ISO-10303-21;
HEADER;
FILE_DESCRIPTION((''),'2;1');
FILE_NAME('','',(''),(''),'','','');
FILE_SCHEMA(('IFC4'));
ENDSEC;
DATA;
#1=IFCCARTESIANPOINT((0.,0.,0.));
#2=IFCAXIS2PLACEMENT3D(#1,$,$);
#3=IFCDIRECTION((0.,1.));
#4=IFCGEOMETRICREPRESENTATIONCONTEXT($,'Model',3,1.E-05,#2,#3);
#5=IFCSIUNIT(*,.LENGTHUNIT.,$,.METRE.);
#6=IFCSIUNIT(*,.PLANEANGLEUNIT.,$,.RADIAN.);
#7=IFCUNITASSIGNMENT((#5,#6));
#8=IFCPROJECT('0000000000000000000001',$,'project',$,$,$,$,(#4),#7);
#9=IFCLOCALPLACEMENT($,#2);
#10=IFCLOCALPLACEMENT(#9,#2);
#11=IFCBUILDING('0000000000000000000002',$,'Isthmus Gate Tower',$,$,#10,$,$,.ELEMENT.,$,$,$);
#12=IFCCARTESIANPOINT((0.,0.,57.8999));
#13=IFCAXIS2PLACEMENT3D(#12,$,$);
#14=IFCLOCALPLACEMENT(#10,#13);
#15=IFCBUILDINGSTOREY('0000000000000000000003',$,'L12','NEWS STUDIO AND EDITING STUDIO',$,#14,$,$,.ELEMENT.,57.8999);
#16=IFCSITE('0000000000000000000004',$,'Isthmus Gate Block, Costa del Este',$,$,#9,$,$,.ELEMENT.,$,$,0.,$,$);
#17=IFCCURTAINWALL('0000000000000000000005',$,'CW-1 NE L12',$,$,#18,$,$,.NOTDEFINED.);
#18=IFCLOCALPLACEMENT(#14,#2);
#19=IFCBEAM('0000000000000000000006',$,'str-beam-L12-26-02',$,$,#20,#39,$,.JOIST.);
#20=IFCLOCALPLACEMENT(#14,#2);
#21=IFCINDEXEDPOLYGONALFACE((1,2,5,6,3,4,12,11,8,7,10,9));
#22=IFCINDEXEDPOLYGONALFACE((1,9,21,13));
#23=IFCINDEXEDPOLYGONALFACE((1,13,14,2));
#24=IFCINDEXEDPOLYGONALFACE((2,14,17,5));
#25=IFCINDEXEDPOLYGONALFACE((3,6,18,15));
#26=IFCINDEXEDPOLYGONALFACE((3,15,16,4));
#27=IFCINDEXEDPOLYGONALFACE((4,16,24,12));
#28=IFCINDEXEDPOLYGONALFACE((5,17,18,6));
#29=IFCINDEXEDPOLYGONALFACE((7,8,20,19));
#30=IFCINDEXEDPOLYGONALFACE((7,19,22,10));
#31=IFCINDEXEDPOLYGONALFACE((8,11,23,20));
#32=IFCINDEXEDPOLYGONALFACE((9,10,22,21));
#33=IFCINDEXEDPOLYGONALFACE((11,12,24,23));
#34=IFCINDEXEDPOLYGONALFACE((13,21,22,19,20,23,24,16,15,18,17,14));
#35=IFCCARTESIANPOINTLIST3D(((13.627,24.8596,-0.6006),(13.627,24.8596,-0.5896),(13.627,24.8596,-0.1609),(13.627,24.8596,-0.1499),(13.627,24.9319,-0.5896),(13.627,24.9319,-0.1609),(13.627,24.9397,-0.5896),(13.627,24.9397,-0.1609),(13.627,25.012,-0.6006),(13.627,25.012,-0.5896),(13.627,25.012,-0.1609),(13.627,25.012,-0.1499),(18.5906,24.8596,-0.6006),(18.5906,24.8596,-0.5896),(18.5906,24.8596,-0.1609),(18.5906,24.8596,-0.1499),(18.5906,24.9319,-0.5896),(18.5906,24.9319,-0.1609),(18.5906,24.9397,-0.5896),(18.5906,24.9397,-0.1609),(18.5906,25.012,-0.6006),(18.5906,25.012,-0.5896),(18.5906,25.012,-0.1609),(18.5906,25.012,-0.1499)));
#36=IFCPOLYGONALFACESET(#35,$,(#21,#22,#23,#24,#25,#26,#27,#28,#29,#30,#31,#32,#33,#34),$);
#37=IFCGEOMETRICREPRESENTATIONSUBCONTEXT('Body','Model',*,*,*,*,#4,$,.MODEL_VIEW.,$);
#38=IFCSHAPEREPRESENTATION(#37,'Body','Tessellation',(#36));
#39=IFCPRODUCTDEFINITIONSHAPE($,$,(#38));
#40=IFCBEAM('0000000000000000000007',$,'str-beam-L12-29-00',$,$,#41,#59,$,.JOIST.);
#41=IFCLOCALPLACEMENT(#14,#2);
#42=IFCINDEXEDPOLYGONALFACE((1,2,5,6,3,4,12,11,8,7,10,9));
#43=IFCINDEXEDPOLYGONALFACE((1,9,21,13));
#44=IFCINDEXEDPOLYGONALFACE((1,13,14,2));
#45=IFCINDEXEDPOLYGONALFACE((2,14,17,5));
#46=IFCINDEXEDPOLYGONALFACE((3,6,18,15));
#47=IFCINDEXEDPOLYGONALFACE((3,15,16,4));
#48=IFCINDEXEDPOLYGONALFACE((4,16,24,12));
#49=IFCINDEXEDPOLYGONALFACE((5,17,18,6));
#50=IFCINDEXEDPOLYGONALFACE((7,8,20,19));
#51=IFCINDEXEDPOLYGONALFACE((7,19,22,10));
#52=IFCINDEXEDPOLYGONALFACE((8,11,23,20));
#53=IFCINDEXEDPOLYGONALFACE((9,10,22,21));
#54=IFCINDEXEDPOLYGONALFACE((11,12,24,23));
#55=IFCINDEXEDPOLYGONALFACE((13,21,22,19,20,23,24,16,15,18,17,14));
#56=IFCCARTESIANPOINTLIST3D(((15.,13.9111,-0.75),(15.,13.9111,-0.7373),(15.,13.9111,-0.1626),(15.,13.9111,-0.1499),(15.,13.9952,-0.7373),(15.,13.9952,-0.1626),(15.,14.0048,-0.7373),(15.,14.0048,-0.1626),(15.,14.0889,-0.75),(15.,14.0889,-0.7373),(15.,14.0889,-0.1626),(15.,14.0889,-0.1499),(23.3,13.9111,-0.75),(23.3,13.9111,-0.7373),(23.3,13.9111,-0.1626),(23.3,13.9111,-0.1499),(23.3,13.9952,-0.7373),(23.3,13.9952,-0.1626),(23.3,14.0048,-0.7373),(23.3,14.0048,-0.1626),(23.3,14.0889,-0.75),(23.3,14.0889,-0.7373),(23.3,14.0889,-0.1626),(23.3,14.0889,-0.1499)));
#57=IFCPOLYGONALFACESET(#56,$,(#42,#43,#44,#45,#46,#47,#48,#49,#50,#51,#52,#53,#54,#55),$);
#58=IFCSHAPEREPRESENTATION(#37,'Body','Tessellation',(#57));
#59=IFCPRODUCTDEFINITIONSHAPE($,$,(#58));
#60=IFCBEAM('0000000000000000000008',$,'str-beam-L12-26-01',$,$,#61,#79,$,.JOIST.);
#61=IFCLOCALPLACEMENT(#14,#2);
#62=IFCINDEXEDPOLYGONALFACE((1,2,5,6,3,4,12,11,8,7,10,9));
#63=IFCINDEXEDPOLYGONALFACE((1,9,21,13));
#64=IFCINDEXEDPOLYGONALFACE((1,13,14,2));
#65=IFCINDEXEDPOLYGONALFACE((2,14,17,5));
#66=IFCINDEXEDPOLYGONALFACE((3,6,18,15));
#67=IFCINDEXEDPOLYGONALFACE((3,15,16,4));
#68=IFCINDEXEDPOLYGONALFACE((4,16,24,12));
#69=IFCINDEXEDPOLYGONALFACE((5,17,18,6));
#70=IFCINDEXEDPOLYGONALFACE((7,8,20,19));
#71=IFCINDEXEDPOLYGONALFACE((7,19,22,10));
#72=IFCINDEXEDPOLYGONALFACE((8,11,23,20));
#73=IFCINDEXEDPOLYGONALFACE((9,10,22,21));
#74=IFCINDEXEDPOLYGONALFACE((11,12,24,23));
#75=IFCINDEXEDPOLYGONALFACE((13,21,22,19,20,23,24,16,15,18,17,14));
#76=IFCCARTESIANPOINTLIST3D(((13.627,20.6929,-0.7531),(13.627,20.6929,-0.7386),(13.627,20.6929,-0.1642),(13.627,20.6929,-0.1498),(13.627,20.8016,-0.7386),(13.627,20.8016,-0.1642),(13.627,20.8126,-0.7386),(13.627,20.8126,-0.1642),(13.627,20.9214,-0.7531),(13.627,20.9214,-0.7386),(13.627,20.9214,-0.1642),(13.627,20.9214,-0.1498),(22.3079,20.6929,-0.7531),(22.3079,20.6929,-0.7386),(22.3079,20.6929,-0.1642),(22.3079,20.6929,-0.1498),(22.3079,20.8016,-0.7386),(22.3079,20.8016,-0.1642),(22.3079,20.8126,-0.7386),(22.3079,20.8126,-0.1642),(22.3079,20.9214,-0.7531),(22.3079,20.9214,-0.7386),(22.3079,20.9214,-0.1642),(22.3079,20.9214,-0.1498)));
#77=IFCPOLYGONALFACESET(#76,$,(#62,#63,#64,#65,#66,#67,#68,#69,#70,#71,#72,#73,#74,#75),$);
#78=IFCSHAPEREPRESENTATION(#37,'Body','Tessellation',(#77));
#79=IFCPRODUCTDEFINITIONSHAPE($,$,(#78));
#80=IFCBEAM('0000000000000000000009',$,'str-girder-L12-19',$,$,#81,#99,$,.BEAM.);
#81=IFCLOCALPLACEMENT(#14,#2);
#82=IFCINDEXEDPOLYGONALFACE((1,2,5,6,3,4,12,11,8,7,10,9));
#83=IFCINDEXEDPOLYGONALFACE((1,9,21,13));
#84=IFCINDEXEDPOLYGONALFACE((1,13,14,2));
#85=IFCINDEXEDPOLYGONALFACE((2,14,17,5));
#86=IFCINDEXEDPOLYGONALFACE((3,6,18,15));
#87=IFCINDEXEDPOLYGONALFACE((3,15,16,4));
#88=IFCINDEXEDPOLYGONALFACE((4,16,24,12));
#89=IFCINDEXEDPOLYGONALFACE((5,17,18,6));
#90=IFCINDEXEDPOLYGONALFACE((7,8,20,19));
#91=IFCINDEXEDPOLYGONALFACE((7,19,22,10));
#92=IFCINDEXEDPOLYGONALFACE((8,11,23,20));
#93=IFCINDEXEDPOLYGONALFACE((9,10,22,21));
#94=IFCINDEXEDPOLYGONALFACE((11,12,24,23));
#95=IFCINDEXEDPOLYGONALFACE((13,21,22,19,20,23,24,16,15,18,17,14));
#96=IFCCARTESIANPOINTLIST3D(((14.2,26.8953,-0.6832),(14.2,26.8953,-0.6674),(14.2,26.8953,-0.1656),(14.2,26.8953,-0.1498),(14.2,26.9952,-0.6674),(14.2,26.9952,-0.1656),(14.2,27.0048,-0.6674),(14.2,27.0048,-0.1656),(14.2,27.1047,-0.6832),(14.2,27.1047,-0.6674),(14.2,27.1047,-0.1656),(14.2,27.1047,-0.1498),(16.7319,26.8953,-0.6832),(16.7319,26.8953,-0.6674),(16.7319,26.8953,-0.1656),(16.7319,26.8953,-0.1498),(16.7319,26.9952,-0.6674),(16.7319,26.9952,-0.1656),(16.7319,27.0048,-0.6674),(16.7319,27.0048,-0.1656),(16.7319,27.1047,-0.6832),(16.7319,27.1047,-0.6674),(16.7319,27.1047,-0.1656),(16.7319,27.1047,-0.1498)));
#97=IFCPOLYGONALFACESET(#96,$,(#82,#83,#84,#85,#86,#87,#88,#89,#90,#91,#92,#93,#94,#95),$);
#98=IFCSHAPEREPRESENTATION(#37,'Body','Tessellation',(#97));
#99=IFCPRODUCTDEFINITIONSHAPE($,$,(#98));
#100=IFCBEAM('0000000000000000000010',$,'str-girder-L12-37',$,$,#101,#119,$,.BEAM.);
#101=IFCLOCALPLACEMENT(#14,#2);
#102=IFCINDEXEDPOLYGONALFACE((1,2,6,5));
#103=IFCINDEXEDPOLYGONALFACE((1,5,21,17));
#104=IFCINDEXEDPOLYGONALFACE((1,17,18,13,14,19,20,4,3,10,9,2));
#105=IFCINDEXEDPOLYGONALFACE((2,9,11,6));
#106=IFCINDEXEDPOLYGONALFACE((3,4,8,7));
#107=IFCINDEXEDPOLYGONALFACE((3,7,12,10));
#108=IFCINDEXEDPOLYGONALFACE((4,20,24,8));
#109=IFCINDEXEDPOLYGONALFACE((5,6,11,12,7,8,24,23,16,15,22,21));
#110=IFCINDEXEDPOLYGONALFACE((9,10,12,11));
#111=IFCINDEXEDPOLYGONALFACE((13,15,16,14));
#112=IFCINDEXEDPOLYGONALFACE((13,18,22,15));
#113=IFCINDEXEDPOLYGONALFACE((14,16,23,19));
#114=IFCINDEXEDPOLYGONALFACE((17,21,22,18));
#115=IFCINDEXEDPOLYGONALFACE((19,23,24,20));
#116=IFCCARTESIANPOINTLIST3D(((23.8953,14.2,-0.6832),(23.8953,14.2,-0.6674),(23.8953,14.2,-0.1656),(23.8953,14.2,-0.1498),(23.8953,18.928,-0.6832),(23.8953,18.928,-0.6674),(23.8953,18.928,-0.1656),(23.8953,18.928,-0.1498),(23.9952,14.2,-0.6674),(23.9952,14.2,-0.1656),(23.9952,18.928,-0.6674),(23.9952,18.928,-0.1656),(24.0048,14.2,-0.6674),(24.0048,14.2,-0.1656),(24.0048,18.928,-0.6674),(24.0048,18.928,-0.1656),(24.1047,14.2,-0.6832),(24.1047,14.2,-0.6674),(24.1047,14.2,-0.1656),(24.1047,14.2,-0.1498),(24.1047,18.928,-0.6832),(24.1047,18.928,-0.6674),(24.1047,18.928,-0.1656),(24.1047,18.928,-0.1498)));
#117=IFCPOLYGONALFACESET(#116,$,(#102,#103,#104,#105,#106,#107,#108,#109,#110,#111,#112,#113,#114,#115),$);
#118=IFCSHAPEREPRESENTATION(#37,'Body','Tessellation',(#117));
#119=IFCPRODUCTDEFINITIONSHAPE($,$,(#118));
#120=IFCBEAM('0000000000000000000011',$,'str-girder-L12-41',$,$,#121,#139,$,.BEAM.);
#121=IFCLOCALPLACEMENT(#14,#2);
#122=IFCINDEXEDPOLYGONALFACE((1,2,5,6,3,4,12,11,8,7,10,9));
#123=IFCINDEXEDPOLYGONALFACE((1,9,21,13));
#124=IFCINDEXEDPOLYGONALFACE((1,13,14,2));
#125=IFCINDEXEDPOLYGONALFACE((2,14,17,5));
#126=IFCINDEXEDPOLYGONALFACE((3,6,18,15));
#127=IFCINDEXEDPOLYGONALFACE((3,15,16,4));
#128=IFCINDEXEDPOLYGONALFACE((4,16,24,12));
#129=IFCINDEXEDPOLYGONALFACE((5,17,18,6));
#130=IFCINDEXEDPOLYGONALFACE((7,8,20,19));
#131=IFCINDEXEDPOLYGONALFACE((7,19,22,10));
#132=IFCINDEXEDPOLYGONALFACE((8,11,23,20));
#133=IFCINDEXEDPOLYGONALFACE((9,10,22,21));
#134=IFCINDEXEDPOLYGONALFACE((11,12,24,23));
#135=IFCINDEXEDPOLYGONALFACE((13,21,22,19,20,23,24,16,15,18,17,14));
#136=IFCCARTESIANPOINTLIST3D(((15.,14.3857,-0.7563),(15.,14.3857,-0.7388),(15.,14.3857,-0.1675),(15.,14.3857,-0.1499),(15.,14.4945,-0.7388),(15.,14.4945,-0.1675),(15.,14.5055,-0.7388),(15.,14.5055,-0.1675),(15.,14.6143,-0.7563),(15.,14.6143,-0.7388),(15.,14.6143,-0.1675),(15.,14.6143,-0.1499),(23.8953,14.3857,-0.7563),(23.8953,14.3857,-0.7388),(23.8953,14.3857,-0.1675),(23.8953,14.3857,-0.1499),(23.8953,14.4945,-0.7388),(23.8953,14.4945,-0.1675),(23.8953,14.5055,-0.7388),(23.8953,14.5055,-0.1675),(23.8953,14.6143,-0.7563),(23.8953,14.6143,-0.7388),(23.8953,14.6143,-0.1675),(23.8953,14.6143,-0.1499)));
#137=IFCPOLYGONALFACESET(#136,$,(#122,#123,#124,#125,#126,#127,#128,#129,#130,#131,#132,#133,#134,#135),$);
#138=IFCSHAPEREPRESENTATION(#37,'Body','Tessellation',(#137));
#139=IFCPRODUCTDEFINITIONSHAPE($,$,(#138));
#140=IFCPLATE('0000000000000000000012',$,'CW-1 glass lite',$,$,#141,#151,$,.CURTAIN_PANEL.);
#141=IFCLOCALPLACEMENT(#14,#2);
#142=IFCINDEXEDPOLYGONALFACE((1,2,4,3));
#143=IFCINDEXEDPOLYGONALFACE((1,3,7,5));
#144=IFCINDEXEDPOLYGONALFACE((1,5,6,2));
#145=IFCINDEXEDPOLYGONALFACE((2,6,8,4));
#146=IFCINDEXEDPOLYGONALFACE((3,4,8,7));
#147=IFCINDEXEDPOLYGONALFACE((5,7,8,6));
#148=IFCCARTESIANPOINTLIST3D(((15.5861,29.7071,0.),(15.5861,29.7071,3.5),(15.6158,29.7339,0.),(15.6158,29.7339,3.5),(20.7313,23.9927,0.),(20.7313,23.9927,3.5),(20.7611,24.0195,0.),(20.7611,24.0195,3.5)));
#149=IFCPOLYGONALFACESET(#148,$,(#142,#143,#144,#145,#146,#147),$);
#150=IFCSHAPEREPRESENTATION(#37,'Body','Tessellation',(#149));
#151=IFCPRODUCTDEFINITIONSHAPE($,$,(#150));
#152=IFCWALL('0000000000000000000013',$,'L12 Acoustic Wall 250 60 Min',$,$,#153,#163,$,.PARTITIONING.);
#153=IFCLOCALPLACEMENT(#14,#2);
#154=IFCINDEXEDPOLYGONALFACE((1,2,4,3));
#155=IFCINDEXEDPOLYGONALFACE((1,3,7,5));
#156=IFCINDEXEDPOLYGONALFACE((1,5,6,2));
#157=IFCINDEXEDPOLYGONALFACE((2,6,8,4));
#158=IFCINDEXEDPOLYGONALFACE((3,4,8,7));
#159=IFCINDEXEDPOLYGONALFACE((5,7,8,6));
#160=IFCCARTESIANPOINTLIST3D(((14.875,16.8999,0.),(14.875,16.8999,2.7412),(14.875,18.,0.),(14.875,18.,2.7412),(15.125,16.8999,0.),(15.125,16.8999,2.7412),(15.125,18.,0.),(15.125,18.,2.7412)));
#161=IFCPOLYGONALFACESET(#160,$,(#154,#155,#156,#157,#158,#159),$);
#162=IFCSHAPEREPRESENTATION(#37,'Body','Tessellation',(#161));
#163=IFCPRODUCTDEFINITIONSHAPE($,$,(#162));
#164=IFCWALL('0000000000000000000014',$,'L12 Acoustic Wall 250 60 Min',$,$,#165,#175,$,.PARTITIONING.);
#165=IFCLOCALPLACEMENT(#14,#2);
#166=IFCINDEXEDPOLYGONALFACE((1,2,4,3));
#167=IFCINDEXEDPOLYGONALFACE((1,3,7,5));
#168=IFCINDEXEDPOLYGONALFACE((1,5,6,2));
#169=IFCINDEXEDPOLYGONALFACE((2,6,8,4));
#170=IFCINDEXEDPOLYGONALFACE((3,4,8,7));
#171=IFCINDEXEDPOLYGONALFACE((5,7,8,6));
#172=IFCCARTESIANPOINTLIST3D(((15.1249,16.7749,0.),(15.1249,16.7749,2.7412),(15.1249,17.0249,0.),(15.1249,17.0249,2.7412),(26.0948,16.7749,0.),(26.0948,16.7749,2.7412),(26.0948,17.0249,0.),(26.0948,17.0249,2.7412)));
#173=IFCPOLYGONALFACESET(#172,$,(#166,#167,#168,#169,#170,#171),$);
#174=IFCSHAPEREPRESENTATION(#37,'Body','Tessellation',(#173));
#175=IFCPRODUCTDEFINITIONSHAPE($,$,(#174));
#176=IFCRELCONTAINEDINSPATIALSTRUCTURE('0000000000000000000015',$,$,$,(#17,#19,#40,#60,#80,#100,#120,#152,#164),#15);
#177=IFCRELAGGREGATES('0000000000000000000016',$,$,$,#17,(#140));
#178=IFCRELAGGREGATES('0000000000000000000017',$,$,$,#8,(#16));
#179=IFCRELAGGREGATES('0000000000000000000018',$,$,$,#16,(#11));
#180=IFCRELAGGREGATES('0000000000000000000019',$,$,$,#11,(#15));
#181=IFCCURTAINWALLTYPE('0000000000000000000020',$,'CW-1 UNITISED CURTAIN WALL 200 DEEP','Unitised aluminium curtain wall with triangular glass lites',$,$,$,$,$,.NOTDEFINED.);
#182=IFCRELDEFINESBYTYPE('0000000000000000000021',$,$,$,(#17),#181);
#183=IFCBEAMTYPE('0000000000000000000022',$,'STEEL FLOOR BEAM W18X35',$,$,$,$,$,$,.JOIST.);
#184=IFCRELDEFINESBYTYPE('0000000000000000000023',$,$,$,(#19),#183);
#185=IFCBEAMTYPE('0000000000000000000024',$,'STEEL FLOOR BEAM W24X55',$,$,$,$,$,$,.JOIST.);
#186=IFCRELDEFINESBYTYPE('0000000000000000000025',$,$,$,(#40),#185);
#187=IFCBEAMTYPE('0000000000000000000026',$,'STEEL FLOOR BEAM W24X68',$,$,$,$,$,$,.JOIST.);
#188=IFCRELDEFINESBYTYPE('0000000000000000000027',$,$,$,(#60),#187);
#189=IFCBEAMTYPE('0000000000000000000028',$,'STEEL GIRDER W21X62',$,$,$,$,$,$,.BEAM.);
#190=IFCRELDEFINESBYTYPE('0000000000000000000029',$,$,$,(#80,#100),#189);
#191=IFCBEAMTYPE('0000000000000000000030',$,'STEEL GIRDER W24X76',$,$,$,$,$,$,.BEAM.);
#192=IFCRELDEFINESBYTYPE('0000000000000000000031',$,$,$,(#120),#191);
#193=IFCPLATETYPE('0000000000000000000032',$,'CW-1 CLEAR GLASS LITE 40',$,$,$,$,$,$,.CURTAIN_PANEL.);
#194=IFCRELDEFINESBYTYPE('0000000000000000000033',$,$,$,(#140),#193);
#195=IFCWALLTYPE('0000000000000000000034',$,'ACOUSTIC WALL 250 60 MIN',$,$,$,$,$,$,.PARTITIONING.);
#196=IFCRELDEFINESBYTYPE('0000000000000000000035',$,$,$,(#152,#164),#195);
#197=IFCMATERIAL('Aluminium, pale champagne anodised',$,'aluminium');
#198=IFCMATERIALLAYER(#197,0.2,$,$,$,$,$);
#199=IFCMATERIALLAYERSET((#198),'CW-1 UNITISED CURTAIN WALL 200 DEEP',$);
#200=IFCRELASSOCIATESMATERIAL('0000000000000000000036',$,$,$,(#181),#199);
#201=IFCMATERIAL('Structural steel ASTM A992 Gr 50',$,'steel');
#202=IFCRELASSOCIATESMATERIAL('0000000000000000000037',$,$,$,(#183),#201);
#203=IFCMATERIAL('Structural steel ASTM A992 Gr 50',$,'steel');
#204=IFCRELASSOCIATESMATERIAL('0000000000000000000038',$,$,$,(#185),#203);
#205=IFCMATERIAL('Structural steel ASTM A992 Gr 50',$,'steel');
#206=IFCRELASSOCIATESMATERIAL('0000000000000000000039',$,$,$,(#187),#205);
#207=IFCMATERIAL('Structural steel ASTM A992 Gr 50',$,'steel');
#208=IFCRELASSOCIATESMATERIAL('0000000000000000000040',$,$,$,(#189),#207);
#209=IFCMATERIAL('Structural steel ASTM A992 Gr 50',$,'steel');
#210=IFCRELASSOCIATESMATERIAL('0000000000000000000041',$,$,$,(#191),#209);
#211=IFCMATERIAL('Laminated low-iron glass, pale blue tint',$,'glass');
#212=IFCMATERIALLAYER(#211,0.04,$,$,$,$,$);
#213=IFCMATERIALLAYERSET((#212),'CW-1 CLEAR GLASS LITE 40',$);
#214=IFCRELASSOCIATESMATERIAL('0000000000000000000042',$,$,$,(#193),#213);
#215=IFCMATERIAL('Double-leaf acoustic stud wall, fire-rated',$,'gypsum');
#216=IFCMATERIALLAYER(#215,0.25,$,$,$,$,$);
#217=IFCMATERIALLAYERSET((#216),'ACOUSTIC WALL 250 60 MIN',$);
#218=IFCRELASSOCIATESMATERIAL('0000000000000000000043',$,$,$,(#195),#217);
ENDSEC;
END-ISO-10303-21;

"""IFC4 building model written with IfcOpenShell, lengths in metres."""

from ifc_helpers import new_model, si_unit, direction, frame, frame_2d, origin, origin_2d, place, context, subcontext, project, spatial, rectangle, i_section, extrude, material, layer, layer_set, material_profile, profile_set, type_object, element, aggregate, save


model = new_model("IFC4")

# Units and contexts
model_context = context("Model", 3, precision=1e-05, world=origin(), true_north=direction((0.0, 1.0)))
body_context = subcontext(model_context, "Body", "Model", "MODEL_VIEW")
ifc_project = project(units=[si_unit("LENGTHUNIT", "METRE"), si_unit("PLANEANGLEUNIT", "RADIAN")], contexts=[model_context])

# Site, building, storey
site_placement = place(None, origin())
site = spatial("IfcSite", under=ifc_project, at=site_placement, Name="Isthmus Gate Block, Costa del Este", CompositionType="ELEMENT", RefElevation=0.0)
building_placement = place(site_placement, origin())
building = spatial("IfcBuilding", under=site, at=building_placement, Name="Isthmus Gate Tower", CompositionType="ELEMENT")
storey_placement = place(building_placement, frame((0.0, 0.0, 57.8999)))
storey = spatial("IfcBuildingStorey", under=building, at=storey_placement, Name="L12", Description="NEWS STUDIO AND EDITING STUDIO", CompositionType="ELEMENT", Elevation=57.8999)

# Curtain wall
ifc_material_1 = material(Name="Aluminium, pale champagne anodised", Category="aluminium")
ifc_layer_1 = layer(ifc_material_1, 0.2)
ifc_layer_set_1 = layer_set([ifc_layer_1], Name="CW-1 UNITISED CURTAIN WALL 200 DEEP")
curtain_wall_type = type_object("IfcCurtainWallType", Name="CW-1 UNITISED CURTAIN WALL 200 DEEP", Description="Unitised aluminium curtain wall with triangular glass lites", PredefinedType="NOTDEFINED", material=ifc_layer_set_1)
curtain_wall_1_placement = place(storey_placement, origin())
curtain_wall_1 = element("IfcCurtainWall", 1, at=curtain_wall_1_placement, inside=storey, type_object=curtain_wall_type, Name="CW-1 NE L12", PredefinedType="NOTDEFINED")

# Beams
ifc_material_2 = material(Name="Structural steel ASTM A992 Gr 50", Category="steel")
ifc_material_profile_1 = material_profile(ifc_material_2, i_section(OverallWidth=0.1523, OverallDepth=0.4507, WebThickness=0.0078, FlangeThickness=0.011, at=origin_2d()), Name="W18X35")
ifc_profile_set_1 = profile_set([ifc_material_profile_1], Name="Structural steel ASTM A992 Gr 50")
beam_type_1 = type_object("IfcBeamType", Name="STEEL FLOOR BEAM W18X35", PredefinedType="JOIST", material=ifc_profile_set_1)
beam_1_placement = place(storey_placement, frame((13.627, 24.9358, -0.3752), z_axis=(1.0, 0.0, 0.0), x_axis=(0.0, 1.0, 0.0)))
element("IfcBeam", 2, at=beam_1_placement, inside=storey, type_object=beam_type_1, Name="str-beam-L12-26-02", PredefinedType="JOIST", context=body_context, shape_type="SweptSolid", body=[
    extrude(i_section(OverallWidth=0.1523, OverallDepth=0.4507, WebThickness=0.0078, FlangeThickness=0.011, at=origin_2d()), origin(), (0.0, 0.0, 1.0), 4.9636),
])
ifc_material_3 = material(Name="Structural steel ASTM A992 Gr 50", Category="steel")
ifc_material_profile_2 = material_profile(ifc_material_3, i_section(OverallWidth=0.1777, OverallDepth=0.6001, WebThickness=0.0095, FlangeThickness=0.0127, at=origin_2d()), Name="W24X55")
ifc_profile_set_2 = profile_set([ifc_material_profile_2], Name="Structural steel ASTM A992 Gr 50")
beam_type_2 = type_object("IfcBeamType", Name="STEEL FLOOR BEAM W24X55", PredefinedType="JOIST", material=ifc_profile_set_2)
beam_2_placement = place(storey_placement, frame((15.0, 14.0, -0.45), z_axis=(1.0, 0.0, 0.0), x_axis=(0.0, 1.0, 0.0)))
element("IfcBeam", 3, at=beam_2_placement, inside=storey, type_object=beam_type_2, Name="str-beam-L12-29-00", PredefinedType="JOIST", context=body_context, shape_type="SweptSolid", body=[
    extrude(i_section(OverallWidth=0.1777, OverallDepth=0.6001, WebThickness=0.0095, FlangeThickness=0.0127, at=origin_2d()), origin(), (0.0, 0.0, 1.0), 8.3),
])
ifc_material_4 = material(Name="Structural steel ASTM A992 Gr 50", Category="steel")
ifc_material_profile_3 = material_profile(ifc_material_4, i_section(OverallWidth=0.2285, OverallDepth=0.6033, WebThickness=0.011, FlangeThickness=0.0144, at=origin_2d()), Name="W24X68")
ifc_profile_set_3 = profile_set([ifc_material_profile_3], Name="Structural steel ASTM A992 Gr 50")
beam_type_3 = type_object("IfcBeamType", Name="STEEL FLOOR BEAM W24X68", PredefinedType="JOIST", material=ifc_profile_set_3)
beam_3_placement = place(storey_placement, frame((13.627, 20.8071, -0.4514), z_axis=(1.0, 0.0, 0.0), x_axis=(0.0, 1.0, 0.0)))
element("IfcBeam", 4, at=beam_3_placement, inside=storey, type_object=beam_type_3, Name="str-beam-L12-26-01", PredefinedType="JOIST", context=body_context, shape_type="SweptSolid", body=[
    extrude(i_section(OverallWidth=0.2285, OverallDepth=0.6033, WebThickness=0.011, FlangeThickness=0.0144, at=origin_2d()), origin(), (0.0, 0.0, 1.0), 8.6809),
])
ifc_material_5 = material(Name="Structural steel ASTM A992 Gr 50", Category="steel")
ifc_material_profile_4 = material_profile(ifc_material_5, i_section(OverallWidth=0.2095, OverallDepth=0.5334, WebThickness=0.0095, FlangeThickness=0.0159, at=origin_2d()), Name="W21X62")
ifc_profile_set_4 = profile_set([ifc_material_profile_4], Name="Structural steel ASTM A992 Gr 50")
beam_type_4 = type_object("IfcBeamType", Name="STEEL GIRDER W21X62", PredefinedType="BEAM", material=ifc_profile_set_4)
beam_4_placement = place(storey_placement, frame((14.2, 27.0, -0.4165), z_axis=(1.0, 0.0, 0.0), x_axis=(0.0, 1.0, 0.0)))
element("IfcBeam", 5, at=beam_4_placement, inside=storey, type_object=beam_type_4, Name="str-girder-L12-19", PredefinedType="BEAM", context=body_context, shape_type="SweptSolid", body=[
    extrude(i_section(OverallWidth=0.2095, OverallDepth=0.5334, WebThickness=0.0095, FlangeThickness=0.0159, at=origin_2d()), origin(), (0.0, 0.0, 1.0), 2.532),
])
beam_5_placement = place(storey_placement, frame((24.0, 14.2, -0.4165), z_axis=(0.0, 1.0, 0.0), x_axis=(-1.0, 0.0, 0.0)))
element("IfcBeam", 6, at=beam_5_placement, inside=storey, type_object=beam_type_4, Name="str-girder-L12-37", PredefinedType="BEAM", context=body_context, shape_type="SweptSolid", body=[
    extrude(i_section(OverallWidth=0.2095, OverallDepth=0.5334, WebThickness=0.0095, FlangeThickness=0.0159, at=origin_2d()), origin(), (0.0, 0.0, 1.0), 4.728),
])
ifc_material_6 = material(Name="Structural steel ASTM A992 Gr 50", Category="steel")
ifc_material_profile_5 = material_profile(ifc_material_6, i_section(OverallWidth=0.2285, OverallDepth=0.6064, WebThickness=0.011, FlangeThickness=0.0176, at=origin_2d()), Name="W24X76")
ifc_profile_set_5 = profile_set([ifc_material_profile_5], Name="Structural steel ASTM A992 Gr 50")
beam_type_5 = type_object("IfcBeamType", Name="STEEL GIRDER W24X76", PredefinedType="BEAM", material=ifc_profile_set_5)
beam_6_placement = place(storey_placement, frame((15.0, 14.5, -0.4531), z_axis=(1.0, 0.0, 0.0), x_axis=(0.0, 1.0, 0.0)))
element("IfcBeam", 7, at=beam_6_placement, inside=storey, type_object=beam_type_5, Name="str-girder-L12-41", PredefinedType="BEAM", context=body_context, shape_type="SweptSolid", body=[
    extrude(i_section(OverallWidth=0.2285, OverallDepth=0.6064, WebThickness=0.011, FlangeThickness=0.0176, at=origin_2d()), origin(), (0.0, 0.0, 1.0), 8.8953),
])

# Plate
ifc_material_7 = material(Name="Laminated low-iron glass, pale blue tint", Category="glass")
ifc_layer_2 = layer(ifc_material_7, 0.04)
ifc_layer_set_2 = layer_set([ifc_layer_2], Name="CW-1 CLEAR GLASS LITE 40")
plate_type = type_object("IfcPlateType", Name="CW-1 CLEAR GLASS LITE 40", PredefinedType="CURTAIN_PANEL", material=ifc_layer_set_2)
plate_placement = place(storey_placement, frame((18.1736, 26.8633, 0.0), z_axis=(0.0, 0.0, 1.0), x_axis=(-0.669131, 0.743145, 0.0)))
plate = element("IfcPlate", 8, at=plate_placement, type_object=plate_type, Name="CW-1 glass lite", PredefinedType="CURTAIN_PANEL", context=body_context, shape_type="SweptSolid", body=[
    extrude(rectangle(XDim=7.6895, YDim=0.04, at=origin_2d()), origin(), (0.0, 0.0, 1.0), 3.5),
])

# Walls
ifc_material_8 = material(Name="Double-leaf acoustic stud wall, fire-rated", Category="gypsum")
ifc_layer_3 = layer(ifc_material_8, 0.25)
ifc_layer_set_3 = layer_set([ifc_layer_3], Name="ACOUSTIC WALL 250 60 MIN")
wall_type_1 = type_object("IfcWallType", Name="ACOUSTIC WALL 250 60 MIN", PredefinedType="PARTITIONING", material=ifc_layer_set_3)
wall_1_placement = place(storey_placement, frame((15.0, 18.0, 0.0), z_axis=(0.0, 0.0, 1.0), x_axis=(0.0, -1.0, 0.0)))
element("IfcWall", 9, at=wall_1_placement, inside=storey, type_object=wall_type_1, Name="L12 Acoustic Wall 250 60 Min", PredefinedType="PARTITIONING", context=body_context, shape_type="SweptSolid", body=[
    extrude(rectangle(XDim=1.1001, YDim=0.25, at=frame_2d((0.55, 0.0))), origin(), (0.0, 0.0, 1.0), 2.7412),
])
wall_2_placement = place(storey_placement, frame((15.125, 16.8999, 0.0), z_axis=(0.0, 0.0, 1.0), x_axis=(1.0, 0.0, 0.0)))
element("IfcWall", 10, at=wall_2_placement, inside=storey, type_object=wall_type_1, Name="L12 Acoustic Wall 250 60 Min", PredefinedType="PARTITIONING", context=body_context, shape_type="SweptSolid", body=[
    extrude(rectangle(XDim=10.97, YDim=0.25, at=frame_2d((5.4849, 0.0))), origin(), (0.0, 0.0, 1.0), 2.7412),
])

aggregate(curtain_wall_1, [plate])

save(model, "model.ifc")
